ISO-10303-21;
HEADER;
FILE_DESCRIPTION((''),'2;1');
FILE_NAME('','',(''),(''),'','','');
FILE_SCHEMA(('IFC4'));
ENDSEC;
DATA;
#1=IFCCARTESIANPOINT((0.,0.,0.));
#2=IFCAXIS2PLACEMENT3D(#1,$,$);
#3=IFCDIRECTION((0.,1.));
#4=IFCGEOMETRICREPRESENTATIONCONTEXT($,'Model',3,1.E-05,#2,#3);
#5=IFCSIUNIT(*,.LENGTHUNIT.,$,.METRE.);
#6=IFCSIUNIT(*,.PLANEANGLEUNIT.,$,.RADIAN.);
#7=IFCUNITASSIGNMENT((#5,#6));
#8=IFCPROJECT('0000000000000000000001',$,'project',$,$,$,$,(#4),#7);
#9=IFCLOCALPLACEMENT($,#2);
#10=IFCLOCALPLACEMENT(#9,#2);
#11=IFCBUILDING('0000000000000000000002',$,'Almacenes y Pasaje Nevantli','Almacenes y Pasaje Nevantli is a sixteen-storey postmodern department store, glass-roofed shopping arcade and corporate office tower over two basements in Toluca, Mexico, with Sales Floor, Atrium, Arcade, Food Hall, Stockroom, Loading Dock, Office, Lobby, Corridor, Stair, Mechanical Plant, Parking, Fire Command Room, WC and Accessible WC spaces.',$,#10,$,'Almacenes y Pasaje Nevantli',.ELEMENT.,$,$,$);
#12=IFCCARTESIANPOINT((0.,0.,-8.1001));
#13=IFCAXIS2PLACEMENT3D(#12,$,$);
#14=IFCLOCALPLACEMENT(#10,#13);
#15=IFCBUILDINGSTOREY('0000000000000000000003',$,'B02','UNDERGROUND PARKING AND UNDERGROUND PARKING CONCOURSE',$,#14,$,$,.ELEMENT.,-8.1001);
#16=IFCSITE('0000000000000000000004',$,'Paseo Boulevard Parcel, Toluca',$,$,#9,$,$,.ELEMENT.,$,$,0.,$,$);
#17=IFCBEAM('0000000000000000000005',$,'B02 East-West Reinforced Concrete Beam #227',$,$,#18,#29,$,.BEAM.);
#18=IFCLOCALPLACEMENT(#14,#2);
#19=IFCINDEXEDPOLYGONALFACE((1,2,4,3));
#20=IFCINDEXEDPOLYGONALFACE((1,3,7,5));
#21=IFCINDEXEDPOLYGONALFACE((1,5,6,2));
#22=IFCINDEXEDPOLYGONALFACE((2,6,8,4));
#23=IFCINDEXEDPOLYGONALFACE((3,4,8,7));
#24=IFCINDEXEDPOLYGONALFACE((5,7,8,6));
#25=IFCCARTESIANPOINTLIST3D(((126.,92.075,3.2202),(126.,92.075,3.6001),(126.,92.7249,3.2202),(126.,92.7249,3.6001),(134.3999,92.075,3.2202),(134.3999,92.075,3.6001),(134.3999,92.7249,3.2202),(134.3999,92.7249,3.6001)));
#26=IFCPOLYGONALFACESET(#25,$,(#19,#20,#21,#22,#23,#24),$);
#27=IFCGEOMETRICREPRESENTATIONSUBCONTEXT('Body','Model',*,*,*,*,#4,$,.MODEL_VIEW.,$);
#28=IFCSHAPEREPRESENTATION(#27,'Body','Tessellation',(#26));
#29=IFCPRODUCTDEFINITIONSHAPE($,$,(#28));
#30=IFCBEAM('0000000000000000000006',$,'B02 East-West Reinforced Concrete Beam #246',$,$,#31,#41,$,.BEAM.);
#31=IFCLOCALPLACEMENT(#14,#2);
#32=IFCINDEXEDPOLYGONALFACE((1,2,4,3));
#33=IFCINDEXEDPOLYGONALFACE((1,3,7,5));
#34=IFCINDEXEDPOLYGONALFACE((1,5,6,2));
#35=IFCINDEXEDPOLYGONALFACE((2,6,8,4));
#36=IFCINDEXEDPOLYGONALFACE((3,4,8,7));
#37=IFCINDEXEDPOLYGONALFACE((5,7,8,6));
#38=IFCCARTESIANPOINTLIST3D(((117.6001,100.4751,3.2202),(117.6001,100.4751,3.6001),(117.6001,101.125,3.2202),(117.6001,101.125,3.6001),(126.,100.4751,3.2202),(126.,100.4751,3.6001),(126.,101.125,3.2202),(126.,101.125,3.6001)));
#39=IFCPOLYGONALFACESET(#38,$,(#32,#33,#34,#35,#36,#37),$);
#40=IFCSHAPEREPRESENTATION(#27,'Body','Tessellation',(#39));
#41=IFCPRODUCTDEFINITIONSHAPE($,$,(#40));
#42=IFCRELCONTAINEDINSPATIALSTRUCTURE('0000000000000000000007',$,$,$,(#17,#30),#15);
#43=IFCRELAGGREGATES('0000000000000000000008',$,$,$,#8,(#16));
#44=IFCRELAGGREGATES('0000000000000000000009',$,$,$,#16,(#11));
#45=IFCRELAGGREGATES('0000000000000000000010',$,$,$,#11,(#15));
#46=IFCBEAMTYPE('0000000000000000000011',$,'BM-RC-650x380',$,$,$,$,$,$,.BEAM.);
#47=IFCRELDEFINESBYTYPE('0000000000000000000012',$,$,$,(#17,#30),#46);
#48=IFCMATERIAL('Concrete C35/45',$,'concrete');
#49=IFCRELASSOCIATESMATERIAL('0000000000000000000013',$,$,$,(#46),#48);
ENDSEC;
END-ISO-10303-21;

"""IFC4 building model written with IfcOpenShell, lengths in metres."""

from ifc_helpers import new_model, si_unit, direction, frame, origin, origin_2d, place, context, subcontext, project, spatial, rectangle, extrude, material, material_profile, profile_set, type_object, element, save


model = new_model("IFC4")

# Units and contexts
model_context = context("Model", 3, precision=1e-05, world=origin(), true_north=direction((0.0, 1.0)))
body_context = subcontext(model_context, "Body", "Model", "MODEL_VIEW")
ifc_project = project(units=[si_unit("LENGTHUNIT", "METRE"), si_unit("PLANEANGLEUNIT", "RADIAN")], contexts=[model_context])

# Site, building, storey
site_placement = place(None, origin())
site = spatial("IfcSite", under=ifc_project, at=site_placement, Name="Paseo Boulevard Parcel, Toluca", CompositionType="ELEMENT", RefElevation=0.0)
building_placement = place(site_placement, origin())
building = spatial("IfcBuilding", under=site, at=building_placement, Name="Almacenes y Pasaje Nevantli", Description="Almacenes y Pasaje Nevantli is a sixteen-storey postmodern department store, glass-roofed shopping arcade and corporate office tower over two basements in Toluca, Mexico, with Sales Floor, Atrium, Arcade, Food Hall, Stockroom, Loading Dock, Office, Lobby, Corridor, Stair, Mechanical Plant, Parking, Fire Command Room, WC and Accessible WC spaces.", LongName="Almacenes y Pasaje Nevantli", CompositionType="ELEMENT")
storey_placement = place(building_placement, frame((0.0, 0.0, -8.1001)))
storey = spatial("IfcBuildingStorey", under=building, at=storey_placement, Name="B02", Description="UNDERGROUND PARKING AND UNDERGROUND PARKING CONCOURSE", CompositionType="ELEMENT", Elevation=-8.1001)

# Beams
ifc_material_1 = material(Name="Concrete C35/45", Category="concrete")
ifc_material_profile_1 = material_profile(ifc_material_1, rectangle(XDim=0.6499, YDim=0.3799, at=origin_2d()), Name="RC-BM-650x380")
ifc_profile_set_1 = profile_set([ifc_material_profile_1], Name="Concrete C35/45")
beam_type_1 = type_object("IfcBeamType", Name="BM-RC-650x380", PredefinedType="BEAM", material=ifc_profile_set_1)
for number, where, z_axis, x_axis, name in (
    (1, (126.0, 92.3999, 3.4102), (1.0, 0.0, 0.0), (0.0, 1.0, 0.0), "B02 East-West Reinforced Concrete Beam #227"),
    (2, (117.6001, 100.8, 3.4102), (1.0, 0.0, 0.0), (0.0, 1.0, 0.0), "B02 East-West Reinforced Concrete Beam #246"),
):
    element("IfcBeam", number, at=place(storey_placement, frame(where, z_axis=z_axis, x_axis=x_axis)), inside=storey, type_object=beam_type_1, Name=name, PredefinedType="BEAM", context=body_context, shape_type="SweptSolid", body=[
        extrude(rectangle(XDim=0.6499, YDim=0.3799, at=origin_2d()), origin(), (0.0, 0.0, 1.0), 8.3999),
    ])

save(model, "model.ifc")
